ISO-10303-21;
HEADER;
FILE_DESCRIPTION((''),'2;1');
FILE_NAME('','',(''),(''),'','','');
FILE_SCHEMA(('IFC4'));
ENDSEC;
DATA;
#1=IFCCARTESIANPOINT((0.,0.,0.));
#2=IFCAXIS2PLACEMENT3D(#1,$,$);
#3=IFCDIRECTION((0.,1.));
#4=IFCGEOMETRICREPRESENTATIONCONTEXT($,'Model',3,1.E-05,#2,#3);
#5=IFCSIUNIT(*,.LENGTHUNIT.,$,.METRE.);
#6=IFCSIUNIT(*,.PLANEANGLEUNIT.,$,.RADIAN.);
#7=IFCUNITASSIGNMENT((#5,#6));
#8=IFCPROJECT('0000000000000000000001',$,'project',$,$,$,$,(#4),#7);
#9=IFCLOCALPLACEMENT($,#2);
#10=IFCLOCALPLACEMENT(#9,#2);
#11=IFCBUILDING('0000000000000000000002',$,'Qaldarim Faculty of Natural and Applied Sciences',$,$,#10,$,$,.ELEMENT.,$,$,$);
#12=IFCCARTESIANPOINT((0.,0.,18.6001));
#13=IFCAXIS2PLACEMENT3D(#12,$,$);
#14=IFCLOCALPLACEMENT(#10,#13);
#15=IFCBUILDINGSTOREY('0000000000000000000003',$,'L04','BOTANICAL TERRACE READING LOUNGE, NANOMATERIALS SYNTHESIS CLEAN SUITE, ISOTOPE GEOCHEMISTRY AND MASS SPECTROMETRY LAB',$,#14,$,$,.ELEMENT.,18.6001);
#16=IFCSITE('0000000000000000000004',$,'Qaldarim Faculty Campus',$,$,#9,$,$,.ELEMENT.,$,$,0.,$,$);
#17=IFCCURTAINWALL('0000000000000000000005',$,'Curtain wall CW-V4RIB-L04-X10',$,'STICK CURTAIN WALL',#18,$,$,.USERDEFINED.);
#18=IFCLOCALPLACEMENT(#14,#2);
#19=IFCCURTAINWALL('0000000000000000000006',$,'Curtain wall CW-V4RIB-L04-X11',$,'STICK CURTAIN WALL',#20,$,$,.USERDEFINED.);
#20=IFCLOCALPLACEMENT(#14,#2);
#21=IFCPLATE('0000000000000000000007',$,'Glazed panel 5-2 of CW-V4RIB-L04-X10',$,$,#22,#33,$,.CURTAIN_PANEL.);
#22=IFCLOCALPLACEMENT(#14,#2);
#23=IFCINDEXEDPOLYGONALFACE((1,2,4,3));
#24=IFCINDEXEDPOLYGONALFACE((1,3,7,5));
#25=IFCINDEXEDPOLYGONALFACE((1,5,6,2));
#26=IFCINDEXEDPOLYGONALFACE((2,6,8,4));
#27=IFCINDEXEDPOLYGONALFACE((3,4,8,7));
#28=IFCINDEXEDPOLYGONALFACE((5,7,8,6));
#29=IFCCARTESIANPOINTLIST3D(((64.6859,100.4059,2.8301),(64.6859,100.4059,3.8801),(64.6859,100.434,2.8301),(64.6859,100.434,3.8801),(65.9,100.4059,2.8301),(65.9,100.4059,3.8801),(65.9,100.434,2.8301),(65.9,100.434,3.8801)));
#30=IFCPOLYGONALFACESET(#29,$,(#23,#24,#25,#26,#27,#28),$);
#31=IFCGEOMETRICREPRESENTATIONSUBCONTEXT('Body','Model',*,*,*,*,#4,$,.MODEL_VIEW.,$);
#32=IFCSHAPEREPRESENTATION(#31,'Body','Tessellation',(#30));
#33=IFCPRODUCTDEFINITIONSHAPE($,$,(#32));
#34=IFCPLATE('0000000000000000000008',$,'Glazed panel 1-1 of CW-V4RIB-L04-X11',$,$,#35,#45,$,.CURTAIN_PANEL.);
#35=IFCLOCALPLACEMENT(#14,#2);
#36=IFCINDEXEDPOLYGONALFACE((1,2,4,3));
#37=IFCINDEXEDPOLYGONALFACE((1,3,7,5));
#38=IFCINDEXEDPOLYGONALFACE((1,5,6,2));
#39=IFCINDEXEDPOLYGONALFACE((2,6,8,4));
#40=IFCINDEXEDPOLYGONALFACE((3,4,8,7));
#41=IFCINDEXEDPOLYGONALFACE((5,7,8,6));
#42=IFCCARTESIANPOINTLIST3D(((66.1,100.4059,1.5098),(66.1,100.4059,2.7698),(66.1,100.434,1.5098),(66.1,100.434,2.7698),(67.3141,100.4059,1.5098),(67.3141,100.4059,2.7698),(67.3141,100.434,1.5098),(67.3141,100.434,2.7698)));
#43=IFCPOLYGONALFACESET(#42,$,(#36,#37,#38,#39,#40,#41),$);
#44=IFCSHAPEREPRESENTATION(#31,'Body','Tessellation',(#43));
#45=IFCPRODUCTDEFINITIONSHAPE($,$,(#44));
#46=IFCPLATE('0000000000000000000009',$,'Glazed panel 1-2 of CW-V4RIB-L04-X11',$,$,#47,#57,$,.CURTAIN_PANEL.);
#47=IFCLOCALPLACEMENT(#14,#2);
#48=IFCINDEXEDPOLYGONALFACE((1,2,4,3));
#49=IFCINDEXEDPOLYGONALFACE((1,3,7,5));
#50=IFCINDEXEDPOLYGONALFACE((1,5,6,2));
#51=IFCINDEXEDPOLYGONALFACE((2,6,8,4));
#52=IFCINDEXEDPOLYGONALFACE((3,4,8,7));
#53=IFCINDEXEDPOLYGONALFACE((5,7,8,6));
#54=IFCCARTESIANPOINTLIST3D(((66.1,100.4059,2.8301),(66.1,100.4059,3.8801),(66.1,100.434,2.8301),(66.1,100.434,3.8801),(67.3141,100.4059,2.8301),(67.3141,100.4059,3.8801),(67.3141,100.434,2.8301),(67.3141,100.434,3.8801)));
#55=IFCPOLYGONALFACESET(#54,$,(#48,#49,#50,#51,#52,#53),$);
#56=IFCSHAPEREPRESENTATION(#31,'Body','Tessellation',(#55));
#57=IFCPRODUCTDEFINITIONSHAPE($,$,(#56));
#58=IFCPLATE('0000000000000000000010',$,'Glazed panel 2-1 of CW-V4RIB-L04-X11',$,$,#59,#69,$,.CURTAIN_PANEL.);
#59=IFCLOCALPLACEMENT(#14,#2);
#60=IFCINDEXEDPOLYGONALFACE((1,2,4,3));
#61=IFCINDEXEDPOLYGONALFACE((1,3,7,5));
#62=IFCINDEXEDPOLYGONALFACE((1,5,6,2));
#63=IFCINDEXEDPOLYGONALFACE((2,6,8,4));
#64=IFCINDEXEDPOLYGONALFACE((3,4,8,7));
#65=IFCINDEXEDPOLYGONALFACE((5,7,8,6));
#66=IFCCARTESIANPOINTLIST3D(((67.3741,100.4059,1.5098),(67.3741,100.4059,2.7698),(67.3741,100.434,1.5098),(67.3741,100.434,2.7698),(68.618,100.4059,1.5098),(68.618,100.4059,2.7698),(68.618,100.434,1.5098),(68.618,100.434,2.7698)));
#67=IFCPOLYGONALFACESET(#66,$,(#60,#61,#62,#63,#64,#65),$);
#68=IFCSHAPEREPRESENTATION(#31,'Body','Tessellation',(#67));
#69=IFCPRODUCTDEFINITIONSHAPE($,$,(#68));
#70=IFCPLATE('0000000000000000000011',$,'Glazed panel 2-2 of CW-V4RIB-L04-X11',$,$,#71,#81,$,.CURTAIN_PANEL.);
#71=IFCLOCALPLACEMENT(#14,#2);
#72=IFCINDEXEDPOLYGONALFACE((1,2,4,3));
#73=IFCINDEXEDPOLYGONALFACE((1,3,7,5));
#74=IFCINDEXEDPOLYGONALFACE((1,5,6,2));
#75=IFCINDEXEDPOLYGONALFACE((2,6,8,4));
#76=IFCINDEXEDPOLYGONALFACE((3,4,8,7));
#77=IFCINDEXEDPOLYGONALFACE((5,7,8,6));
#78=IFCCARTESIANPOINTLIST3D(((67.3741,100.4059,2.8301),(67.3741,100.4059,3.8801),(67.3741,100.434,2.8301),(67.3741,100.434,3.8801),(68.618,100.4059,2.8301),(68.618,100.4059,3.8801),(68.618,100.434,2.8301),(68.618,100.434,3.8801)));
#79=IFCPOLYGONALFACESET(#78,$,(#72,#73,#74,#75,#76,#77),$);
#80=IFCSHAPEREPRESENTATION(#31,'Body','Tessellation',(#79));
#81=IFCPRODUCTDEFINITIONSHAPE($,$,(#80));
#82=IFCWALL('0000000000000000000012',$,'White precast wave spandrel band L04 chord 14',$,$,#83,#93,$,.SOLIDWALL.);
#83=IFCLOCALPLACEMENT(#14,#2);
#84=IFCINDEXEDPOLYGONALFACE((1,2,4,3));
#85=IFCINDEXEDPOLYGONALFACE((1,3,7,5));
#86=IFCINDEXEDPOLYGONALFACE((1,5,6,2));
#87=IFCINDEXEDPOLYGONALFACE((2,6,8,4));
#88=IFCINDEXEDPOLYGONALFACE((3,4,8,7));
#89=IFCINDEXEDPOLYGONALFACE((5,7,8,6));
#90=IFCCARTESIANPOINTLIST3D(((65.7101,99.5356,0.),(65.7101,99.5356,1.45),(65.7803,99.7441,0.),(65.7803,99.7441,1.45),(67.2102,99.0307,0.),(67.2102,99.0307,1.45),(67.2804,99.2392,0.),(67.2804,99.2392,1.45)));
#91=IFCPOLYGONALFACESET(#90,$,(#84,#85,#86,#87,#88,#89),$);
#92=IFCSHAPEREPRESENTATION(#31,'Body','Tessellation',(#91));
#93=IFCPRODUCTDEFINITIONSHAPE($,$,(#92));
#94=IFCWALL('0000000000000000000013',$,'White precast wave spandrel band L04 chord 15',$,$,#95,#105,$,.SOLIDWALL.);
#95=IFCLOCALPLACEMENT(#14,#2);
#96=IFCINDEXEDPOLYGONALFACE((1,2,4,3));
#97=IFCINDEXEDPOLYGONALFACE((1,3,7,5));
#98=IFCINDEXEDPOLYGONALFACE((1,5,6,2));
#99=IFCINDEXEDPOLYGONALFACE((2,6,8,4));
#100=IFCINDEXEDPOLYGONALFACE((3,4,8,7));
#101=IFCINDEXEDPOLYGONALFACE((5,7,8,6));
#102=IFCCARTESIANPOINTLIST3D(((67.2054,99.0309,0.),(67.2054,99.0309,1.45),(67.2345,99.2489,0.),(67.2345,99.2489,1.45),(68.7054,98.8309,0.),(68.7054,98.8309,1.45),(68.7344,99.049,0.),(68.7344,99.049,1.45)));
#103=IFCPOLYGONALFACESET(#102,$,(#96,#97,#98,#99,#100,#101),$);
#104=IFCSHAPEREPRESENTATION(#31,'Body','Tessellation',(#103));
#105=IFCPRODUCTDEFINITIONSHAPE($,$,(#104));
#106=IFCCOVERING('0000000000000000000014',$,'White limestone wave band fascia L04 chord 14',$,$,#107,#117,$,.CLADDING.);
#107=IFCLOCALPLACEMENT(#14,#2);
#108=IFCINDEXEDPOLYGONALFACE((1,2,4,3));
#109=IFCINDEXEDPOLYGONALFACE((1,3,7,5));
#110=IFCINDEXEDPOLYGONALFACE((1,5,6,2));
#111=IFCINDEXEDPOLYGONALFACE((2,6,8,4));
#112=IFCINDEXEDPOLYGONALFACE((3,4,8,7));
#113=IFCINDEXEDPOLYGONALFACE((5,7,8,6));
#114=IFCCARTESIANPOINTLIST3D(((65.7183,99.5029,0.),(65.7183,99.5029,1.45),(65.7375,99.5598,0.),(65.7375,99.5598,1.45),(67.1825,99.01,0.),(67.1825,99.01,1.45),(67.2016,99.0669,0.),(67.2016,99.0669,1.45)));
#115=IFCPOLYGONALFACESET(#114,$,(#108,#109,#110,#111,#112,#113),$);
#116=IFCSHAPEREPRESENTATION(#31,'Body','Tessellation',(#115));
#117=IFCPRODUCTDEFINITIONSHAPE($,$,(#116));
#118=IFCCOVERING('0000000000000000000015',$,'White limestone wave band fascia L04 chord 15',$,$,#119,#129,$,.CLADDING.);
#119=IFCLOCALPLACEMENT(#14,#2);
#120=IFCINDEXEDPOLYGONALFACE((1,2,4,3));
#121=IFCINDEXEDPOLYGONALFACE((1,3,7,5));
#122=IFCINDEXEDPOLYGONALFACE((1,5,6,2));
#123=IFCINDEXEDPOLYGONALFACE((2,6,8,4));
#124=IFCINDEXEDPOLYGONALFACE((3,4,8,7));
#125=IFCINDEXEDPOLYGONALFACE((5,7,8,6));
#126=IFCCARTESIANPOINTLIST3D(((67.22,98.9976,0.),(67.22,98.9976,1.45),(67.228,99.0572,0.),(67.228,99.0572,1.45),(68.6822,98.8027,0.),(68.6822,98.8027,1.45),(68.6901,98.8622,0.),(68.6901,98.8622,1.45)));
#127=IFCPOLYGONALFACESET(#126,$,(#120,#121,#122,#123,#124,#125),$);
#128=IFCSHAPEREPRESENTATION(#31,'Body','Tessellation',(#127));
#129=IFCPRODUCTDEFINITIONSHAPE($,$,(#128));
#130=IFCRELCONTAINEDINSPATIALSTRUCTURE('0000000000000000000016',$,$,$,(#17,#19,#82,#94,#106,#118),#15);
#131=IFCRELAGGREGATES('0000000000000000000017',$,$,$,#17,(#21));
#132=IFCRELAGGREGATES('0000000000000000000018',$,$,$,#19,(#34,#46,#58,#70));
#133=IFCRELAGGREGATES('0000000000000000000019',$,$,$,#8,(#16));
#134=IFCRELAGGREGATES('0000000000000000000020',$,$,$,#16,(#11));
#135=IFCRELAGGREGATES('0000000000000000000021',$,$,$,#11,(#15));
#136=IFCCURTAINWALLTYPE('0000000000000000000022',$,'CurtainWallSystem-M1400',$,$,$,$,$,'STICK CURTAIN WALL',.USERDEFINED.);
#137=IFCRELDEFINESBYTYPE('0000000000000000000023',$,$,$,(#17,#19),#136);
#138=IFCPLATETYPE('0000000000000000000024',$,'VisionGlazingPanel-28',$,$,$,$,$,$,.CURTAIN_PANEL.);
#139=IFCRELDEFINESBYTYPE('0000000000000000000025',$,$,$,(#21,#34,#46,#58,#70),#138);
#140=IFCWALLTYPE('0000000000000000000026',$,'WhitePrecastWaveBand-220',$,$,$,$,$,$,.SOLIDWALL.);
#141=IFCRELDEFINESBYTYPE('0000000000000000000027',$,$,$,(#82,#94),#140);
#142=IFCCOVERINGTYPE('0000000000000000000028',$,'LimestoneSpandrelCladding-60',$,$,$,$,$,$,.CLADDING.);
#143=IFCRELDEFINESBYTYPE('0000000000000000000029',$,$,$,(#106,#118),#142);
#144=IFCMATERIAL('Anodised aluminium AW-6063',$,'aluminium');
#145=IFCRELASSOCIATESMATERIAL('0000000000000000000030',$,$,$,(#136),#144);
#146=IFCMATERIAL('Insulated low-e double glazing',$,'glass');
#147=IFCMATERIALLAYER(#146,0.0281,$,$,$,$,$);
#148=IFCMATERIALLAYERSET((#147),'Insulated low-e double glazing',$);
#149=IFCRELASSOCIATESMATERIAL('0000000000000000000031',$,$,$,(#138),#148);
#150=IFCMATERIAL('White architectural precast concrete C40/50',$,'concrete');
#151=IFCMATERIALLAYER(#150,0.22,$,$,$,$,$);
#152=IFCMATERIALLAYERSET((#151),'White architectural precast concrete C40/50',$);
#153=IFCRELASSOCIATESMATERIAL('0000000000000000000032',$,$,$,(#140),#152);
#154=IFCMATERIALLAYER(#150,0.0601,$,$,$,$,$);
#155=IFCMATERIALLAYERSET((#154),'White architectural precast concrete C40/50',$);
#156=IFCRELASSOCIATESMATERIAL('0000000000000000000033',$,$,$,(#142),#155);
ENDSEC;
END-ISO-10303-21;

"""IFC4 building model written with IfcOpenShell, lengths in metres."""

from ifc_helpers import new_model, si_unit, direction, frame, frame_2d, origin, origin_2d, place, context, subcontext, project, spatial, rectangle, extrude, material, layer, layer_set, type_object, element, aggregate, save


model = new_model("IFC4")

# Units and contexts
model_context = context("Model", 3, precision=1e-05, world=origin(), true_north=direction((0.0, 1.0)))
body_context = subcontext(model_context, "Body", "Model", "MODEL_VIEW")
ifc_project = project(units=[si_unit("LENGTHUNIT", "METRE"), si_unit("PLANEANGLEUNIT", "RADIAN")], contexts=[model_context])

# Site, building, storey
site_placement = place(None, origin())
site = spatial("IfcSite", under=ifc_project, at=site_placement, Name="Qaldarim Faculty Campus", CompositionType="ELEMENT", RefElevation=0.0)
building_placement = place(site_placement, origin())
building = spatial("IfcBuilding", under=site, at=building_placement, Name="Qaldarim Faculty of Natural and Applied Sciences", CompositionType="ELEMENT")
storey_placement = place(building_placement, frame((0.0, 0.0, 18.6001)))
storey = spatial("IfcBuildingStorey", under=building, at=storey_placement, Name="L04", Description="BOTANICAL TERRACE READING LOUNGE, NANOMATERIALS SYNTHESIS CLEAN SUITE, ISOTOPE GEOCHEMISTRY AND MASS SPECTROMETRY LAB", CompositionType="ELEMENT", Elevation=18.6001)

# Curtain wall
ifc_material_1 = material(Name="Anodised aluminium AW-6063", Category="aluminium")
curtain_wall_type = type_object("IfcCurtainWallType", Name="CurtainWallSystem-M1400", ElementType="STICK CURTAIN WALL", PredefinedType="USERDEFINED", material=ifc_material_1)
curtain_wall_1_placement = place(storey_placement, origin())
curtain_wall_1 = element("IfcCurtainWall", 1, at=curtain_wall_1_placement, inside=storey, type_object=curtain_wall_type, Name="Curtain wall CW-V4RIB-L04-X10", ObjectType="STICK CURTAIN WALL", PredefinedType="USERDEFINED")

# Curtain wall
curtain_wall_2_placement = place(storey_placement, origin())
curtain_wall_2 = element("IfcCurtainWall", 2, at=curtain_wall_2_placement, inside=storey, type_object=curtain_wall_type, Name="Curtain wall CW-V4RIB-L04-X11", ObjectType="STICK CURTAIN WALL", PredefinedType="USERDEFINED")

# Plates
ifc_material_2 = material(Name="Insulated low-e double glazing", Category="glass")
ifc_layer_1 = layer(ifc_material_2, 0.0281)
ifc_layer_set_1 = layer_set([ifc_layer_1], Name="Insulated low-e double glazing")
plate_type = type_object("IfcPlateType", Name="VisionGlazingPanel-28", PredefinedType="CURTAIN_PANEL", material=ifc_layer_set_1)
plate_1_placement = place(storey_placement, frame((65.293, 100.4199, 2.8301), z_axis=(0.0, 0.0, 1.0), x_axis=(1.0, 0.0, 0.0)))
plate_1 = element("IfcPlate", 3, at=plate_1_placement, type_object=plate_type, Name="Glazed panel 5-2 of CW-V4RIB-L04-X10", PredefinedType="CURTAIN_PANEL", context=body_context, shape_type="SweptSolid", body=[
    extrude(rectangle(XDim=1.2141, YDim=0.0281, at=origin_2d()), origin(), (0.0, 0.0, 1.0), 1.05),
])
aggregate(curtain_wall_1, [plate_1])
plate_2_placement = place(storey_placement, frame((66.707, 100.4199, 1.5098), z_axis=(0.0, 0.0, 1.0), x_axis=(1.0, 0.0, 0.0)))
plate_2 = element("IfcPlate", 4, at=plate_2_placement, type_object=plate_type, Name="Glazed panel 1-1 of CW-V4RIB-L04-X11", PredefinedType="CURTAIN_PANEL", context=body_context, shape_type="SweptSolid", body=[
    extrude(rectangle(XDim=1.2141, YDim=0.0281, at=origin_2d()), origin(), (0.0, 0.0, 1.0), 1.26),
])
plate_3_placement = place(storey_placement, frame((66.707, 100.4199, 2.8301), z_axis=(0.0, 0.0, 1.0), x_axis=(1.0, 0.0, 0.0)))
plate_3 = element("IfcPlate", 5, at=plate_3_placement, type_object=plate_type, Name="Glazed panel 1-2 of CW-V4RIB-L04-X11", PredefinedType="CURTAIN_PANEL", context=body_context, shape_type="SweptSolid", body=[
    extrude(rectangle(XDim=1.2141, YDim=0.0281, at=origin_2d()), origin(), (0.0, 0.0, 1.0), 1.05),
])
plate_4_placement = place(storey_placement, frame((67.9961, 100.4199, 1.5098), z_axis=(0.0, 0.0, 1.0), x_axis=(1.0, 0.0, 0.0)))
plate_4 = element("IfcPlate", 6, at=plate_4_placement, type_object=plate_type, Name="Glazed panel 2-1 of CW-V4RIB-L04-X11", PredefinedType="CURTAIN_PANEL", context=body_context, shape_type="SweptSolid", body=[
    extrude(rectangle(XDim=1.2439, YDim=0.0281, at=origin_2d()), origin(), (0.0, 0.0, 1.0), 1.26),
])
plate_5_placement = place(storey_placement, frame((67.9961, 100.4199, 2.8301), z_axis=(0.0, 0.0, 1.0), x_axis=(1.0, 0.0, 0.0)))
plate_5 = element("IfcPlate", 7, at=plate_5_placement, type_object=plate_type, Name="Glazed panel 2-2 of CW-V4RIB-L04-X11", PredefinedType="CURTAIN_PANEL", context=body_context, shape_type="SweptSolid", body=[
    extrude(rectangle(XDim=1.2439, YDim=0.0281, at=origin_2d()), origin(), (0.0, 0.0, 1.0), 1.05),
])
aggregate(curtain_wall_2, [plate_2, plate_3, plate_4, plate_5])

# Walls
ifc_material_3 = material(Name="White architectural precast concrete C40/50", Category="concrete")
ifc_layer_2 = layer(ifc_material_3, 0.22)
ifc_layer_set_2 = layer_set([ifc_layer_2], Name="White architectural precast concrete C40/50")
wall_type = type_object("IfcWallType", Name="WhitePrecastWaveBand-220", PredefinedType="SOLIDWALL", material=ifc_layer_set_2)
wall_1_placement = place(storey_placement, frame((65.7451, 99.6399, 0.0), z_axis=(0.0, 0.0, 1.0), x_axis=(0.947754, -0.319003, 0.0)))
element("IfcWall", 8, at=wall_1_placement, inside=storey, type_object=wall_type, Name="White precast wave spandrel band L04 chord 14", PredefinedType="SOLIDWALL", context=body_context, shape_type="SweptSolid", body=[
    extrude(rectangle(XDim=1.5828, YDim=0.22, at=frame_2d((0.7915, 0.0))), origin(), (0.0, 0.0, 1.0), 1.45),
])
wall_2_placement = place(storey_placement, frame((67.22, 99.1399, 0.0), z_axis=(0.0, 0.0, 1.0), x_axis=(0.991232, -0.132132, 0.0)))
element("IfcWall", 9, at=wall_2_placement, inside=storey, type_object=wall_type, Name="White precast wave spandrel band L04 chord 15", PredefinedType="SOLIDWALL", context=body_context, shape_type="SweptSolid", body=[
    extrude(rectangle(XDim=1.5132, YDim=0.22, at=frame_2d((0.7566, 0.0))), origin(), (0.0, 0.0, 1.0), 1.45),
])

# Coverings
ifc_layer_3 = layer(ifc_material_3, 0.0601)
ifc_layer_set_3 = layer_set([ifc_layer_3], Name="White architectural precast concrete C40/50")
covering_type = type_object("IfcCoveringType", Name="LimestoneSpandrelCladding-60", PredefinedType="CLADDING", material=ifc_layer_set_3)
covering_1_placement = place(storey_placement, frame((66.46, 99.2849, 0.0), z_axis=(0.0, 0.0, 1.0), x_axis=(0.947729, -0.319075, 0.0)))
element("IfcCovering", 10, at=covering_1_placement, inside=storey, type_object=covering_type, Name="White limestone wave band fascia L04 chord 14", PredefinedType="CLADDING", context=body_context, shape_type="SweptSolid", body=[
    extrude(rectangle(XDim=1.5449, YDim=0.0601, at=origin_2d()), origin(), (0.0, 0.0, 1.0), 1.45),
])
covering_2_placement = place(storey_placement, frame((67.9551, 98.9299, 0.0), z_axis=(0.0, 0.0, 1.0), x_axis=(0.991227, -0.13217, 0.0)))
element("IfcCovering", 11, at=covering_2_placement, inside=storey, type_object=covering_type, Name="White limestone wave band fascia L04 chord 15", PredefinedType="CLADDING", context=body_context, shape_type="SweptSolid", body=[
    extrude(rectangle(XDim=1.4751, YDim=0.0601, at=origin_2d()), origin(), (0.0, 0.0, 1.0), 1.45),
])

save(model, "model.ifc")
